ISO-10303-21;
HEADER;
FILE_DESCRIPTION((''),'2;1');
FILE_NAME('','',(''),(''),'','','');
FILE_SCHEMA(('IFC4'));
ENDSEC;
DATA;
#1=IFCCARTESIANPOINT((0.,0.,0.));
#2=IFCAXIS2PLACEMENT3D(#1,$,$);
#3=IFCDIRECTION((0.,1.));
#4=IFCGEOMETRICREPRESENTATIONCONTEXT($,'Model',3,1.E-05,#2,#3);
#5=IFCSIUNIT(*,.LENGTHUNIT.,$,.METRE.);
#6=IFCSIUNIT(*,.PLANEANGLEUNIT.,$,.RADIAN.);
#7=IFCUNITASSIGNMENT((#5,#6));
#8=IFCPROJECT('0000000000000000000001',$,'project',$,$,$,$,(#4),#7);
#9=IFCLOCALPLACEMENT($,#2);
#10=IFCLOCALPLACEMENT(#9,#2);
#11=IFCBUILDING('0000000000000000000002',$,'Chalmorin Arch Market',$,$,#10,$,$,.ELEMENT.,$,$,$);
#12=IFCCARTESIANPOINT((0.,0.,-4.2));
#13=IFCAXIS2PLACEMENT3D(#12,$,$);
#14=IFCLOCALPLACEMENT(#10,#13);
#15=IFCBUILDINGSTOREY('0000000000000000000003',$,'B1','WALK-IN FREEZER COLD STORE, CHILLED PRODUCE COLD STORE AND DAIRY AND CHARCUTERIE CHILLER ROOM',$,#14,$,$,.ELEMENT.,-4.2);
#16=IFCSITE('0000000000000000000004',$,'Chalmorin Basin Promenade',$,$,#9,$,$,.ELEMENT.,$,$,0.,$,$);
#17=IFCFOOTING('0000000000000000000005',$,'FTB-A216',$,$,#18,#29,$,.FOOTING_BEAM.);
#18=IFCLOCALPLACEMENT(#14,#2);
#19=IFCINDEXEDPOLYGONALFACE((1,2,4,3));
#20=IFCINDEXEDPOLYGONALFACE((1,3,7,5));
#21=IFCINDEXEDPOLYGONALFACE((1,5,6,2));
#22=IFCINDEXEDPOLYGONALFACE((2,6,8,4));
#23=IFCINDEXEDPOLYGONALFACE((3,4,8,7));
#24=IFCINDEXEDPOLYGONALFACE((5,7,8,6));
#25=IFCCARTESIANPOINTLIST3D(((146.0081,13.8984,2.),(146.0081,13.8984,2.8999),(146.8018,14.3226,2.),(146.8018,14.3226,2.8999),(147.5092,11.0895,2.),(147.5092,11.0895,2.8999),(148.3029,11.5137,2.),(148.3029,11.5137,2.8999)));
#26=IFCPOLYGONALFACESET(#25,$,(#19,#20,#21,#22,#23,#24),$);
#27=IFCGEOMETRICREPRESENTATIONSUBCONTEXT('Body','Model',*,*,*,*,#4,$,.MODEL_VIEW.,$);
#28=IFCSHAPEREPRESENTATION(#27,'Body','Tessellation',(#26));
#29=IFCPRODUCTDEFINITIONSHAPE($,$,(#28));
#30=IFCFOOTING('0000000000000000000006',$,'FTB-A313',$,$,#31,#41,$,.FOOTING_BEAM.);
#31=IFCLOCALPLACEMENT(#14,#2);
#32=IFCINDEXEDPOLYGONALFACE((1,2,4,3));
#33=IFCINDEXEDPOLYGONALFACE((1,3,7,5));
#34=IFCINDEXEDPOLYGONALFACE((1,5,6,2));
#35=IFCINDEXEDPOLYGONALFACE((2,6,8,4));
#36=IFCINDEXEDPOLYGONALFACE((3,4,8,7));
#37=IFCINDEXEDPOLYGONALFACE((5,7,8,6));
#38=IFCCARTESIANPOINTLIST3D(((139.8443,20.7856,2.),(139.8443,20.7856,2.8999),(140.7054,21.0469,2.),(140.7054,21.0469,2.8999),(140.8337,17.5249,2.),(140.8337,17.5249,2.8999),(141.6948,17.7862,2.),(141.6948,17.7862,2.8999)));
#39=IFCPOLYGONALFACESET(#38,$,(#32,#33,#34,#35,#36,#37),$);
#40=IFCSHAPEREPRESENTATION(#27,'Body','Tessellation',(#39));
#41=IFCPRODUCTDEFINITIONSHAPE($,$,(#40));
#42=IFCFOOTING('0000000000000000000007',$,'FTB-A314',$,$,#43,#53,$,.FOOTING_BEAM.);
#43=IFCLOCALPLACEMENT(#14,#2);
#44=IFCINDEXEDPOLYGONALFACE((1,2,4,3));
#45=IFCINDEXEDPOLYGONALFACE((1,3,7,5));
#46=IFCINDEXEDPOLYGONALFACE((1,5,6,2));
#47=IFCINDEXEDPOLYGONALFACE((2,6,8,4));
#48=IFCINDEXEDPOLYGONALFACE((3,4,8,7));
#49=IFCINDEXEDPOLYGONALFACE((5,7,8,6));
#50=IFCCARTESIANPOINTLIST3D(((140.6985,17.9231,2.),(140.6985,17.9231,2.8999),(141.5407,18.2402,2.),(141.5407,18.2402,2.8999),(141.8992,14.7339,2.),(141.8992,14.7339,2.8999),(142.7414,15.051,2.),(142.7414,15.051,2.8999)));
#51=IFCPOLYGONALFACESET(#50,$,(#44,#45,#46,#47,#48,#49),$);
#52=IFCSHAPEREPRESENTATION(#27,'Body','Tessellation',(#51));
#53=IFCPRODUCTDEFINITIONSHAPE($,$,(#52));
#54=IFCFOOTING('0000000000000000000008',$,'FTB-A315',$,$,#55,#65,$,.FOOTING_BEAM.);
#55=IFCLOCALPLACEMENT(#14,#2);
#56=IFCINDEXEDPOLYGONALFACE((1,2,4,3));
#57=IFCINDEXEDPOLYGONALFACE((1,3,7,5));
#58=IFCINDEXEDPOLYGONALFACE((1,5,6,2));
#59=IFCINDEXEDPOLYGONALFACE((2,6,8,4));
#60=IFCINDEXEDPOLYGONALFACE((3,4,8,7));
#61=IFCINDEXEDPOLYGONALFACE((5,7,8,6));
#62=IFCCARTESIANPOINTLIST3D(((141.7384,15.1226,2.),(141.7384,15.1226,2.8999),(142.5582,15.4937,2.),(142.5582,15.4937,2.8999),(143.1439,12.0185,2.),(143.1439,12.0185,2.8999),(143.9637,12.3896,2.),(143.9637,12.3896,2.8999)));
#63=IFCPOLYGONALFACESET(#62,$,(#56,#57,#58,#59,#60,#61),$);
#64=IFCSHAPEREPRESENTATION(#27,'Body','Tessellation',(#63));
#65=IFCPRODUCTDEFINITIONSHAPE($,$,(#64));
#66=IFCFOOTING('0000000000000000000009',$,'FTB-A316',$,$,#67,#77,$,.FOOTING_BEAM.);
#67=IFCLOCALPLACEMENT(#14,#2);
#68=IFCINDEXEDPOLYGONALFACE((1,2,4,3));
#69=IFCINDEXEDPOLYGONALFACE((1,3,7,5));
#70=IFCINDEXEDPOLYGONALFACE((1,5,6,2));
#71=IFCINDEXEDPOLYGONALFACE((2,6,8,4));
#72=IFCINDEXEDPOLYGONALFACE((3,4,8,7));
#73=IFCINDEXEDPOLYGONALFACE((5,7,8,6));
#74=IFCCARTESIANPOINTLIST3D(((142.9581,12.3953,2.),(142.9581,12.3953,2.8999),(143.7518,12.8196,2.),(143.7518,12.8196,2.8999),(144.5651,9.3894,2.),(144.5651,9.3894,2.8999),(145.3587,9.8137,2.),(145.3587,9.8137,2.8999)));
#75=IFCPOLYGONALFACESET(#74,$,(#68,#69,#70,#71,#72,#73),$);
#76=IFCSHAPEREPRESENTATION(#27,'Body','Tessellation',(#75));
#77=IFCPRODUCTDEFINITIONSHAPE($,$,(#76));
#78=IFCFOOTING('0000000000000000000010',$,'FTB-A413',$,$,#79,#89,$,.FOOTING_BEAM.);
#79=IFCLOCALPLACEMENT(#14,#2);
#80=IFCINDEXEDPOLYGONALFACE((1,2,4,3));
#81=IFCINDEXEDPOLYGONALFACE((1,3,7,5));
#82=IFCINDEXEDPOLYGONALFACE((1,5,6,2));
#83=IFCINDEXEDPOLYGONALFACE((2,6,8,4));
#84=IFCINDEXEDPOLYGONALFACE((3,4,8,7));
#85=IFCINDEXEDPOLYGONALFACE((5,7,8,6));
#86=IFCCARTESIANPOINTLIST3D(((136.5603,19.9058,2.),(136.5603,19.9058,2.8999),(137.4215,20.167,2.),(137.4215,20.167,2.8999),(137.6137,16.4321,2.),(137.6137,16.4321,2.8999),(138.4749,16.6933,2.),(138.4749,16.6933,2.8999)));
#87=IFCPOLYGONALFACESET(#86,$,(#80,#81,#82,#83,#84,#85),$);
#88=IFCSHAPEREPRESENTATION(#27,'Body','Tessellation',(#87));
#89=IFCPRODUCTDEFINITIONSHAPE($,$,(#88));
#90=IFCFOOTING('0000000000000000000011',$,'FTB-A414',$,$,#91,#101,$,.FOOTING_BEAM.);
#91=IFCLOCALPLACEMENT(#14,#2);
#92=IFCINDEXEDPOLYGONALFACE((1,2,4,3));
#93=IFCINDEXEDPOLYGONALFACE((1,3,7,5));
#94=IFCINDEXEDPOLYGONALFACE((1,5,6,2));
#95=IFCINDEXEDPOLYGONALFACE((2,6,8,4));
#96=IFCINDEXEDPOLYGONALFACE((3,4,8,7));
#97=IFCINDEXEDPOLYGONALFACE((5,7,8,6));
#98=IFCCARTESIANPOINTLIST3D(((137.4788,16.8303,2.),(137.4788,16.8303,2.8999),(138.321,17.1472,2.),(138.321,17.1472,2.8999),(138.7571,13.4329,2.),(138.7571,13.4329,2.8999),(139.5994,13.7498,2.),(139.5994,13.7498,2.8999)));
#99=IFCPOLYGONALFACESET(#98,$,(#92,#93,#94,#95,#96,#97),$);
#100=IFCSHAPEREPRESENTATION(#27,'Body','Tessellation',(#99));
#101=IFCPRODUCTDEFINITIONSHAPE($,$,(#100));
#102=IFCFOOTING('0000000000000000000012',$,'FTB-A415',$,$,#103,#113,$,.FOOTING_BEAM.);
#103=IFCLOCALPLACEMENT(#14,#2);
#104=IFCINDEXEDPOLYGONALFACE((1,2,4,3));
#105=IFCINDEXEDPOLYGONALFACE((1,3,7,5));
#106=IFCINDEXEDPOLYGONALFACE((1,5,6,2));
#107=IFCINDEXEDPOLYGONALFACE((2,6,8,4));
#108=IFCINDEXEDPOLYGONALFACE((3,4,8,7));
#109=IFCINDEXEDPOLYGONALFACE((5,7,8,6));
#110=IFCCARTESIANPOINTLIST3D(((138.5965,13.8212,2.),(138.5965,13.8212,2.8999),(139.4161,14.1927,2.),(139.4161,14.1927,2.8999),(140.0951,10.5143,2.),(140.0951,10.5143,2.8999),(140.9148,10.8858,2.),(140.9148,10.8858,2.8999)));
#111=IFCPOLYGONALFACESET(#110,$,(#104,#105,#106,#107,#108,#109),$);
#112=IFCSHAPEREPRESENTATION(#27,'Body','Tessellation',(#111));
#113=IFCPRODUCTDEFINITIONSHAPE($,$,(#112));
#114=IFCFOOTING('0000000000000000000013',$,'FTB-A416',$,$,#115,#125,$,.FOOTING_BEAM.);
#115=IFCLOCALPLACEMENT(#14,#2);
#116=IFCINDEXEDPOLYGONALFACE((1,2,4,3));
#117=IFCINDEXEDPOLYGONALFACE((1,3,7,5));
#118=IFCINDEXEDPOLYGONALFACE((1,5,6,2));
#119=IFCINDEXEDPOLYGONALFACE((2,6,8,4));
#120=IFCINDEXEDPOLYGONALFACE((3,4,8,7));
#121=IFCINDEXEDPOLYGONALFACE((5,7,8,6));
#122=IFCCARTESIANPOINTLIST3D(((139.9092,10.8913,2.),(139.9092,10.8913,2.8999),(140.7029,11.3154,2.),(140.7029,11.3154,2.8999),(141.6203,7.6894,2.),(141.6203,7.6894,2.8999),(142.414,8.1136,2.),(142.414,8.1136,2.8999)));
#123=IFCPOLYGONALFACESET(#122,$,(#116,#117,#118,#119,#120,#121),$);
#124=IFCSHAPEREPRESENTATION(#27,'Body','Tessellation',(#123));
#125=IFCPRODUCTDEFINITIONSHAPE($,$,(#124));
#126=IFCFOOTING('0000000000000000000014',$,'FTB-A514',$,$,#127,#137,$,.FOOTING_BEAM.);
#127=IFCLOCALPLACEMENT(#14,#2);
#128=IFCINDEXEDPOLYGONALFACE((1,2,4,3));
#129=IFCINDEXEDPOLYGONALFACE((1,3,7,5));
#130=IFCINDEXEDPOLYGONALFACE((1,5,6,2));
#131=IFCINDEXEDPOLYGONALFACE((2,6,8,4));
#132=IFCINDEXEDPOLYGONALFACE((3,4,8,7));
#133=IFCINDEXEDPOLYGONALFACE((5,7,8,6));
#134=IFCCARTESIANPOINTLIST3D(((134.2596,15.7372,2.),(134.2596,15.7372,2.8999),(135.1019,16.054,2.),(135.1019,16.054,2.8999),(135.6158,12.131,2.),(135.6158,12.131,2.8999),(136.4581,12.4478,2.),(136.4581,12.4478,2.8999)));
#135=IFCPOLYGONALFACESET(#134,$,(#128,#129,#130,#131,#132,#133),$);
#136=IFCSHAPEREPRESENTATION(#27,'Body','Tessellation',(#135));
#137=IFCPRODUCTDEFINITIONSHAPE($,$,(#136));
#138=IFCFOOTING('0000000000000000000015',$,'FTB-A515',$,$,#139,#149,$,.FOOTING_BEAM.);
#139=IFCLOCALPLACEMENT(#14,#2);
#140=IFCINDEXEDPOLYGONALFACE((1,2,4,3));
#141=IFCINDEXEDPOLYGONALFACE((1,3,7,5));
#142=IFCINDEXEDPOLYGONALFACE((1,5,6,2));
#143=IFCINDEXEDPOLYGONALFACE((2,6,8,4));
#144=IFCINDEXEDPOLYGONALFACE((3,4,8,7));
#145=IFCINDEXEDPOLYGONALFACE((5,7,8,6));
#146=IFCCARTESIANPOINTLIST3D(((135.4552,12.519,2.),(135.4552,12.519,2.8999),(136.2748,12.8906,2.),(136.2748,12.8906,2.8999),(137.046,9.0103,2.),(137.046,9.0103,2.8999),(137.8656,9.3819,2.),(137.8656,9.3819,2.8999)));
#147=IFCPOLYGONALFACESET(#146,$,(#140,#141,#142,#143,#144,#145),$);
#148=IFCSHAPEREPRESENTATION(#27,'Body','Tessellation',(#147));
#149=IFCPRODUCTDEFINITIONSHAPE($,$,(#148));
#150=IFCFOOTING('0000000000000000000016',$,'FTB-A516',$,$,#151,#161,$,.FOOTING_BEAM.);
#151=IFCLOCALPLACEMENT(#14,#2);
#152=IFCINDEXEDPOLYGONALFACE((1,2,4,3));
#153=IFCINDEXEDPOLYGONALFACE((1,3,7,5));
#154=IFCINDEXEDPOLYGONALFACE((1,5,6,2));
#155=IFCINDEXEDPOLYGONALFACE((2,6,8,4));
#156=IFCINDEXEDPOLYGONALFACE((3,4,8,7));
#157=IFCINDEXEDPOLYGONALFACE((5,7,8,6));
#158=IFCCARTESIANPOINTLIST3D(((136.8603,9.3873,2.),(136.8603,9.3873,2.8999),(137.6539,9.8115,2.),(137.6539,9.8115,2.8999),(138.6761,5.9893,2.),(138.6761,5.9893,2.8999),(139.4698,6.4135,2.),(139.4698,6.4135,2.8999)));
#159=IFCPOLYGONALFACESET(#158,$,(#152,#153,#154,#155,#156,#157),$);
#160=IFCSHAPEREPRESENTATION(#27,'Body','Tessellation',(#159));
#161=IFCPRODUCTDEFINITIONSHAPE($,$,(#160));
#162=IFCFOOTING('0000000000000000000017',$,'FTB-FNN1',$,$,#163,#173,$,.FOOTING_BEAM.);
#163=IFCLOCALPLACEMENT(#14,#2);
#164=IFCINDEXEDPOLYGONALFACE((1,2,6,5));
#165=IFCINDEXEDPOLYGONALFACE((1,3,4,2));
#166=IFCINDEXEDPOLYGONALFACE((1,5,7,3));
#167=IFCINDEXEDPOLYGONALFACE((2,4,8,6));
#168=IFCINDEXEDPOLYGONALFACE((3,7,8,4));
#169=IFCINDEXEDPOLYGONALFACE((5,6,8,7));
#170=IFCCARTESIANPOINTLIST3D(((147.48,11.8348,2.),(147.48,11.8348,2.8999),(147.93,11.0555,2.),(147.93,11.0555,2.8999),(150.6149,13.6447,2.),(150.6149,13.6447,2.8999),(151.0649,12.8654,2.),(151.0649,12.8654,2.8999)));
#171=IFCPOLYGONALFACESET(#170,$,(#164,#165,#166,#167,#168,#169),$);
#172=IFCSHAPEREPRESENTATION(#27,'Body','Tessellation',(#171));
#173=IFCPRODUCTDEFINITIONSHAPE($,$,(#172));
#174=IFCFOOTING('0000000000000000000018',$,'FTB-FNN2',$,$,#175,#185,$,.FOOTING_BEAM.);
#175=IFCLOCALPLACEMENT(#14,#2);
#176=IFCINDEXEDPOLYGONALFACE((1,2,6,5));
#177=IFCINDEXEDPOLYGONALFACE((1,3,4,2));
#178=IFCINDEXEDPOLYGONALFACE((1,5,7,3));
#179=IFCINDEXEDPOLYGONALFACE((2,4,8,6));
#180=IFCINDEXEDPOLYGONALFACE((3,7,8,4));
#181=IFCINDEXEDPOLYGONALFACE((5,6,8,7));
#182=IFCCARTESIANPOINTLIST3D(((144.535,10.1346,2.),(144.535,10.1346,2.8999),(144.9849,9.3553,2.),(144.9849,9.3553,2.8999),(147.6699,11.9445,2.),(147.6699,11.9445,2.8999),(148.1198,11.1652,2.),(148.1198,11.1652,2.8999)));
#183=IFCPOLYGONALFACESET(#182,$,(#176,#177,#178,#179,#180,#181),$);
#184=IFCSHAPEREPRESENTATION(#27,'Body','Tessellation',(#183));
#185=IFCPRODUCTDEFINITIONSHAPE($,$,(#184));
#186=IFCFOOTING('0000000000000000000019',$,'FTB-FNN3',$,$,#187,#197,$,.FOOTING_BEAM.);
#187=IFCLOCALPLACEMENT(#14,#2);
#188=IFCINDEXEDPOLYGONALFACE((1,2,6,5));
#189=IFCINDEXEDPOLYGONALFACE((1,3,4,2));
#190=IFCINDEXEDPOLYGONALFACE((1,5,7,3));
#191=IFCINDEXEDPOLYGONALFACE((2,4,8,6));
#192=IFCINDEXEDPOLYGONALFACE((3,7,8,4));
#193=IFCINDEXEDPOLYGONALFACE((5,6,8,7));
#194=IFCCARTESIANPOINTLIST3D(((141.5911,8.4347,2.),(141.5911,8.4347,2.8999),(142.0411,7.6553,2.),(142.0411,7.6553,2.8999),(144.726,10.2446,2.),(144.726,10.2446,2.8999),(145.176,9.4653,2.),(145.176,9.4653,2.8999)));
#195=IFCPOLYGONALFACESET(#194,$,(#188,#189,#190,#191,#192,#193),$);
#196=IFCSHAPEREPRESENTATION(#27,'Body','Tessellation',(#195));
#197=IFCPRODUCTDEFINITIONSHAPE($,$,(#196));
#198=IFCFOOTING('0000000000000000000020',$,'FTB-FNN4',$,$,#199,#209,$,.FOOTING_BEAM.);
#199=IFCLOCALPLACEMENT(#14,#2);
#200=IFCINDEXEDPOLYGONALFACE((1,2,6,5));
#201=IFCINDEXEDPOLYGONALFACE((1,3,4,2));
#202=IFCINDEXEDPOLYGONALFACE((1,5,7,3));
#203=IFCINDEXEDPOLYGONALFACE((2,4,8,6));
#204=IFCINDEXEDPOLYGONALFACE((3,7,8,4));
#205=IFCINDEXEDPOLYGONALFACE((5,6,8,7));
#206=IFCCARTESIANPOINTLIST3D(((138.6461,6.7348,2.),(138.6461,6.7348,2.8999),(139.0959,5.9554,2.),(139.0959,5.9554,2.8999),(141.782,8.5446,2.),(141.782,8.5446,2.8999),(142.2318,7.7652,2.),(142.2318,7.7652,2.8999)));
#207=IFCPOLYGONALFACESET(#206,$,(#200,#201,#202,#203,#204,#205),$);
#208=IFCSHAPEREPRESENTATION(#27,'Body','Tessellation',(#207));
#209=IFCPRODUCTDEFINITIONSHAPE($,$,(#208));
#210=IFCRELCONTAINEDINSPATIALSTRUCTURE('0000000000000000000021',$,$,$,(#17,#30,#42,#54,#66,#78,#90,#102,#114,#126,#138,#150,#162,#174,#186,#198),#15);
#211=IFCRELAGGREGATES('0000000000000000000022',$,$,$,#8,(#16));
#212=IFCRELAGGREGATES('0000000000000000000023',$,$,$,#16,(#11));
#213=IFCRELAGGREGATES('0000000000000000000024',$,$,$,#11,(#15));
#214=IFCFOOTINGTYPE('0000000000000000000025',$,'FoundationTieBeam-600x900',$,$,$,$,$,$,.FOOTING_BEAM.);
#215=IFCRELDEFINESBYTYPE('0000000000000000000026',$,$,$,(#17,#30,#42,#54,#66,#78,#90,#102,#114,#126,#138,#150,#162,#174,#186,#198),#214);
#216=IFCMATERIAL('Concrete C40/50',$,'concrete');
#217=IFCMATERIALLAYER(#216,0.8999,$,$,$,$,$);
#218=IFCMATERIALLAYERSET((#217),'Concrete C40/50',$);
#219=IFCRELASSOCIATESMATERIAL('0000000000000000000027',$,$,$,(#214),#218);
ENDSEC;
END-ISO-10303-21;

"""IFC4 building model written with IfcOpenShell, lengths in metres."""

from ifc_helpers import new_model, si_unit, direction, frame, origin, origin_2d, place, context, subcontext, project, spatial, rectangle, extrude, material, layer, layer_set, type_object, element, save


model = new_model("IFC4")

# Units and contexts
model_context = context("Model", 3, precision=1e-05, world=origin(), true_north=direction((0.0, 1.0)))
body_context = subcontext(model_context, "Body", "Model", "MODEL_VIEW")
ifc_project = project(units=[si_unit("LENGTHUNIT", "METRE"), si_unit("PLANEANGLEUNIT", "RADIAN")], contexts=[model_context])

# Site, building, storey
site_placement = place(None, origin())
site = spatial("IfcSite", under=ifc_project, at=site_placement, Name="Chalmorin Basin Promenade", CompositionType="ELEMENT", RefElevation=0.0)
building_placement = place(site_placement, origin())
building = spatial("IfcBuilding", under=site, at=building_placement, Name="Chalmorin Arch Market", CompositionType="ELEMENT")
storey_placement = place(building_placement, frame((0.0, 0.0, -4.2)))
storey = spatial("IfcBuildingStorey", under=building, at=storey_placement, Name="B1", Description="WALK-IN FREEZER COLD STORE, CHILLED PRODUCE COLD STORE AND DAIRY AND CHARCUTERIE CHILLER ROOM", CompositionType="ELEMENT", Elevation=-4.2)

# Footings
ifc_material_1 = material(Name="Concrete C40/50", Category="concrete")
ifc_layer_1 = layer(ifc_material_1, 0.8999)
ifc_layer_set_1 = layer_set([ifc_layer_1], Name="Concrete C40/50")
footing_type_1 = type_object("IfcFootingType", Name="FoundationTieBeam-600x900", PredefinedType="FOOTING_BEAM", material=ifc_layer_set_1)
footing_1_placement = place(storey_placement, frame((147.1555, 12.7061, 2.0), z_axis=(0.0, 0.0, 1.0), x_axis=(0.47132, -0.881962, 0.0)))
element("IfcFooting", 1, at=footing_1_placement, inside=storey, type_object=footing_type_1, Name="FTB-A216", PredefinedType="FOOTING_BEAM", context=body_context, shape_type="SweptSolid", body=[
    extrude(rectangle(XDim=3.1848, YDim=0.8999, at=origin_2d()), origin(), (0.0, 0.0, 1.0), 0.8999),
])
footing_2_placement = place(storey_placement, frame((140.7695, 19.2859, 2.0), z_axis=(0.0, 0.0, 1.0), x_axis=(0.290368, -0.956915, 0.0)))
element("IfcFooting", 2, at=footing_2_placement, inside=storey, type_object=footing_type_1, Name="FTB-A313", PredefinedType="FOOTING_BEAM", context=body_context, shape_type="SweptSolid", body=[
    extrude(rectangle(XDim=3.4075, YDim=0.8999, at=origin_2d()), origin(), (0.0, 0.0, 1.0), 0.8999),
])
footing_3_placement = place(storey_placement, frame((141.72, 16.4871, 2.0), z_axis=(0.0, 0.0, 1.0), x_axis=(0.352332, -0.935875, 0.0)))
element("IfcFooting", 3, at=footing_3_placement, inside=storey, type_object=footing_type_1, Name="FTB-A314", PredefinedType="FOOTING_BEAM", context=body_context, shape_type="SweptSolid", body=[
    extrude(rectangle(XDim=3.4077, YDim=0.8999, at=origin_2d()), origin(), (0.0, 0.0, 1.0), 0.8999),
])
footing_4_placement = place(storey_placement, frame((142.8511, 13.7561, 2.0), z_axis=(0.0, 0.0, 1.0), x_axis=(0.412469, -0.910972, 0.0)))
element("IfcFooting", 4, at=footing_4_placement, inside=storey, type_object=footing_type_1, Name="FTB-A315", PredefinedType="FOOTING_BEAM", context=body_context, shape_type="SweptSolid", body=[
    extrude(rectangle(XDim=3.4075, YDim=0.8999, at=origin_2d()), origin(), (0.0, 0.0, 1.0), 0.8999),
])
footing_5_placement = place(storey_placement, frame((144.1584, 11.1045, 2.0), z_axis=(0.0, 0.0, 1.0), x_axis=(0.471474, -0.88188, 0.0)))
element("IfcFooting", 5, at=footing_5_placement, inside=storey, type_object=footing_type_1, Name="FTB-A316", PredefinedType="FOOTING_BEAM", context=body_context, shape_type="SweptSolid", body=[
    extrude(rectangle(XDim=3.4084, YDim=0.8999, at=origin_2d()), origin(), (0.0, 0.0, 1.0), 0.8999),
])
for number, where, z_axis, x_axis, name in (
    (6, (137.5176, 18.2996, 2.0), (0.0, 0.0, 1.0), (0.290201, -0.956966, 0.0), "FTB-A413"),
    (7, (138.5391, 15.29, 2.0), (0.0, 0.0, 1.0), (0.352168, -0.935937, 0.0), "FTB-A414"),
):
    element("IfcFooting", number, at=place(storey_placement, frame(where, z_axis=z_axis, x_axis=x_axis)), inside=storey, type_object=footing_type_1, Name=name, PredefinedType="FOOTING_BEAM", context=body_context, shape_type="SweptSolid", body=[
        extrude(rectangle(XDim=3.6299, YDim=0.8999, at=origin_2d()), origin(), (0.0, 0.0, 1.0), 0.8999),
    ])
footing_6_placement = place(storey_placement, frame((139.7556, 12.3535, 2.0), z_axis=(0.0, 0.0, 1.0), x_axis=(0.412787, -0.910828, 0.0)))
element("IfcFooting", 8, at=footing_6_placement, inside=storey, type_object=footing_type_1, Name="FTB-A415", PredefinedType="FOOTING_BEAM", context=body_context, shape_type="SweptSolid", body=[
    extrude(rectangle(XDim=3.6306, YDim=0.8999, at=origin_2d()), origin(), (0.0, 0.0, 1.0), 0.8999),
])
footing_7_placement = place(storey_placement, frame((141.1616, 9.5024, 2.0), z_axis=(0.0, 0.0, 1.0), x_axis=(0.47132, -0.881962, 0.0)))
element("IfcFooting", 9, at=footing_7_placement, inside=storey, type_object=footing_type_1, Name="FTB-A416", PredefinedType="FOOTING_BEAM", context=body_context, shape_type="SweptSolid", body=[
    extrude(rectangle(XDim=3.6304, YDim=0.8999, at=origin_2d()), origin(), (0.0, 0.0, 1.0), 0.8999),
])
footing_8_placement = place(storey_placement, frame((135.3589, 14.0925, 2.0), z_axis=(0.0, 0.0, 1.0), x_axis=(0.352005, -0.935998, 0.0)))
element("IfcFooting", 10, at=footing_8_placement, inside=storey, type_object=footing_type_1, Name="FTB-A514", PredefinedType="FOOTING_BEAM", context=body_context, shape_type="SweptSolid", body=[
    extrude(rectangle(XDim=3.8528, YDim=0.8999, at=origin_2d()), origin(), (0.0, 0.0, 1.0), 0.8999),
])
footing_9_placement = place(storey_placement, frame((136.6604, 10.9504, 2.0), z_axis=(0.0, 0.0, 1.0), x_axis=(0.412945, -0.910756, 0.0)))
element("IfcFooting", 11, at=footing_9_placement, inside=storey, type_object=footing_type_1, Name="FTB-A515", PredefinedType="FOOTING_BEAM", context=body_context, shape_type="SweptSolid", body=[
    extrude(rectangle(XDim=3.8525, YDim=0.8999, at=origin_2d()), origin(), (0.0, 0.0, 1.0), 0.8999),
])
footing_10_placement = place(storey_placement, frame((138.165, 7.9004, 2.0), z_axis=(0.0, 0.0, 1.0), x_axis=(0.47132, -0.881962, 0.0)))
element("IfcFooting", 12, at=footing_10_placement, inside=storey, type_object=footing_type_1, Name="FTB-A516", PredefinedType="FOOTING_BEAM", context=body_context, shape_type="SweptSolid", body=[
    extrude(rectangle(XDim=3.8528, YDim=0.8999, at=origin_2d()), origin(), (0.0, 0.0, 1.0), 0.8999),
])
for number, where, z_axis, x_axis, name in (
    (13, (149.2725, 12.3501, 2.0), (0.0, 0.0, 1.0), (-0.866025, -0.5, 0.0), "FTB-FNN1"),
    (14, (146.3274, 10.6499, 2.0), (0.0, 0.0, 1.0), (-0.866025, -0.5, 0.0), "FTB-FNN2"),
    (15, (143.3835, 8.95, 2.0), (0.0, 0.0, 1.0), (-0.866025, -0.5, 0.0), "FTB-FNN3"),
):
    element("IfcFooting", number, at=place(storey_placement, frame(where, z_axis=z_axis, x_axis=x_axis)), inside=storey, type_object=footing_type_1, Name=name, PredefinedType="FOOTING_BEAM", context=body_context, shape_type="SweptSolid", body=[
        extrude(rectangle(XDim=3.6199, YDim=0.8999, at=origin_2d()), origin(), (0.0, 0.0, 1.0), 0.8999),
    ])
footing_11_placement = place(storey_placement, frame((140.439, 7.25, 2.0), z_axis=(0.0, 0.0, 1.0), x_axis=(-0.866113, -0.499849, 0.0)))
element("IfcFooting", 16, at=footing_11_placement, inside=storey, type_object=footing_type_1, Name="FTB-FNN4", PredefinedType="FOOTING_BEAM", context=body_context, shape_type="SweptSolid", body=[
    extrude(rectangle(XDim=3.6206, YDim=0.8999, at=origin_2d()), origin(), (0.0, 0.0, 1.0), 0.8999),
])

save(model, "model.ifc")
